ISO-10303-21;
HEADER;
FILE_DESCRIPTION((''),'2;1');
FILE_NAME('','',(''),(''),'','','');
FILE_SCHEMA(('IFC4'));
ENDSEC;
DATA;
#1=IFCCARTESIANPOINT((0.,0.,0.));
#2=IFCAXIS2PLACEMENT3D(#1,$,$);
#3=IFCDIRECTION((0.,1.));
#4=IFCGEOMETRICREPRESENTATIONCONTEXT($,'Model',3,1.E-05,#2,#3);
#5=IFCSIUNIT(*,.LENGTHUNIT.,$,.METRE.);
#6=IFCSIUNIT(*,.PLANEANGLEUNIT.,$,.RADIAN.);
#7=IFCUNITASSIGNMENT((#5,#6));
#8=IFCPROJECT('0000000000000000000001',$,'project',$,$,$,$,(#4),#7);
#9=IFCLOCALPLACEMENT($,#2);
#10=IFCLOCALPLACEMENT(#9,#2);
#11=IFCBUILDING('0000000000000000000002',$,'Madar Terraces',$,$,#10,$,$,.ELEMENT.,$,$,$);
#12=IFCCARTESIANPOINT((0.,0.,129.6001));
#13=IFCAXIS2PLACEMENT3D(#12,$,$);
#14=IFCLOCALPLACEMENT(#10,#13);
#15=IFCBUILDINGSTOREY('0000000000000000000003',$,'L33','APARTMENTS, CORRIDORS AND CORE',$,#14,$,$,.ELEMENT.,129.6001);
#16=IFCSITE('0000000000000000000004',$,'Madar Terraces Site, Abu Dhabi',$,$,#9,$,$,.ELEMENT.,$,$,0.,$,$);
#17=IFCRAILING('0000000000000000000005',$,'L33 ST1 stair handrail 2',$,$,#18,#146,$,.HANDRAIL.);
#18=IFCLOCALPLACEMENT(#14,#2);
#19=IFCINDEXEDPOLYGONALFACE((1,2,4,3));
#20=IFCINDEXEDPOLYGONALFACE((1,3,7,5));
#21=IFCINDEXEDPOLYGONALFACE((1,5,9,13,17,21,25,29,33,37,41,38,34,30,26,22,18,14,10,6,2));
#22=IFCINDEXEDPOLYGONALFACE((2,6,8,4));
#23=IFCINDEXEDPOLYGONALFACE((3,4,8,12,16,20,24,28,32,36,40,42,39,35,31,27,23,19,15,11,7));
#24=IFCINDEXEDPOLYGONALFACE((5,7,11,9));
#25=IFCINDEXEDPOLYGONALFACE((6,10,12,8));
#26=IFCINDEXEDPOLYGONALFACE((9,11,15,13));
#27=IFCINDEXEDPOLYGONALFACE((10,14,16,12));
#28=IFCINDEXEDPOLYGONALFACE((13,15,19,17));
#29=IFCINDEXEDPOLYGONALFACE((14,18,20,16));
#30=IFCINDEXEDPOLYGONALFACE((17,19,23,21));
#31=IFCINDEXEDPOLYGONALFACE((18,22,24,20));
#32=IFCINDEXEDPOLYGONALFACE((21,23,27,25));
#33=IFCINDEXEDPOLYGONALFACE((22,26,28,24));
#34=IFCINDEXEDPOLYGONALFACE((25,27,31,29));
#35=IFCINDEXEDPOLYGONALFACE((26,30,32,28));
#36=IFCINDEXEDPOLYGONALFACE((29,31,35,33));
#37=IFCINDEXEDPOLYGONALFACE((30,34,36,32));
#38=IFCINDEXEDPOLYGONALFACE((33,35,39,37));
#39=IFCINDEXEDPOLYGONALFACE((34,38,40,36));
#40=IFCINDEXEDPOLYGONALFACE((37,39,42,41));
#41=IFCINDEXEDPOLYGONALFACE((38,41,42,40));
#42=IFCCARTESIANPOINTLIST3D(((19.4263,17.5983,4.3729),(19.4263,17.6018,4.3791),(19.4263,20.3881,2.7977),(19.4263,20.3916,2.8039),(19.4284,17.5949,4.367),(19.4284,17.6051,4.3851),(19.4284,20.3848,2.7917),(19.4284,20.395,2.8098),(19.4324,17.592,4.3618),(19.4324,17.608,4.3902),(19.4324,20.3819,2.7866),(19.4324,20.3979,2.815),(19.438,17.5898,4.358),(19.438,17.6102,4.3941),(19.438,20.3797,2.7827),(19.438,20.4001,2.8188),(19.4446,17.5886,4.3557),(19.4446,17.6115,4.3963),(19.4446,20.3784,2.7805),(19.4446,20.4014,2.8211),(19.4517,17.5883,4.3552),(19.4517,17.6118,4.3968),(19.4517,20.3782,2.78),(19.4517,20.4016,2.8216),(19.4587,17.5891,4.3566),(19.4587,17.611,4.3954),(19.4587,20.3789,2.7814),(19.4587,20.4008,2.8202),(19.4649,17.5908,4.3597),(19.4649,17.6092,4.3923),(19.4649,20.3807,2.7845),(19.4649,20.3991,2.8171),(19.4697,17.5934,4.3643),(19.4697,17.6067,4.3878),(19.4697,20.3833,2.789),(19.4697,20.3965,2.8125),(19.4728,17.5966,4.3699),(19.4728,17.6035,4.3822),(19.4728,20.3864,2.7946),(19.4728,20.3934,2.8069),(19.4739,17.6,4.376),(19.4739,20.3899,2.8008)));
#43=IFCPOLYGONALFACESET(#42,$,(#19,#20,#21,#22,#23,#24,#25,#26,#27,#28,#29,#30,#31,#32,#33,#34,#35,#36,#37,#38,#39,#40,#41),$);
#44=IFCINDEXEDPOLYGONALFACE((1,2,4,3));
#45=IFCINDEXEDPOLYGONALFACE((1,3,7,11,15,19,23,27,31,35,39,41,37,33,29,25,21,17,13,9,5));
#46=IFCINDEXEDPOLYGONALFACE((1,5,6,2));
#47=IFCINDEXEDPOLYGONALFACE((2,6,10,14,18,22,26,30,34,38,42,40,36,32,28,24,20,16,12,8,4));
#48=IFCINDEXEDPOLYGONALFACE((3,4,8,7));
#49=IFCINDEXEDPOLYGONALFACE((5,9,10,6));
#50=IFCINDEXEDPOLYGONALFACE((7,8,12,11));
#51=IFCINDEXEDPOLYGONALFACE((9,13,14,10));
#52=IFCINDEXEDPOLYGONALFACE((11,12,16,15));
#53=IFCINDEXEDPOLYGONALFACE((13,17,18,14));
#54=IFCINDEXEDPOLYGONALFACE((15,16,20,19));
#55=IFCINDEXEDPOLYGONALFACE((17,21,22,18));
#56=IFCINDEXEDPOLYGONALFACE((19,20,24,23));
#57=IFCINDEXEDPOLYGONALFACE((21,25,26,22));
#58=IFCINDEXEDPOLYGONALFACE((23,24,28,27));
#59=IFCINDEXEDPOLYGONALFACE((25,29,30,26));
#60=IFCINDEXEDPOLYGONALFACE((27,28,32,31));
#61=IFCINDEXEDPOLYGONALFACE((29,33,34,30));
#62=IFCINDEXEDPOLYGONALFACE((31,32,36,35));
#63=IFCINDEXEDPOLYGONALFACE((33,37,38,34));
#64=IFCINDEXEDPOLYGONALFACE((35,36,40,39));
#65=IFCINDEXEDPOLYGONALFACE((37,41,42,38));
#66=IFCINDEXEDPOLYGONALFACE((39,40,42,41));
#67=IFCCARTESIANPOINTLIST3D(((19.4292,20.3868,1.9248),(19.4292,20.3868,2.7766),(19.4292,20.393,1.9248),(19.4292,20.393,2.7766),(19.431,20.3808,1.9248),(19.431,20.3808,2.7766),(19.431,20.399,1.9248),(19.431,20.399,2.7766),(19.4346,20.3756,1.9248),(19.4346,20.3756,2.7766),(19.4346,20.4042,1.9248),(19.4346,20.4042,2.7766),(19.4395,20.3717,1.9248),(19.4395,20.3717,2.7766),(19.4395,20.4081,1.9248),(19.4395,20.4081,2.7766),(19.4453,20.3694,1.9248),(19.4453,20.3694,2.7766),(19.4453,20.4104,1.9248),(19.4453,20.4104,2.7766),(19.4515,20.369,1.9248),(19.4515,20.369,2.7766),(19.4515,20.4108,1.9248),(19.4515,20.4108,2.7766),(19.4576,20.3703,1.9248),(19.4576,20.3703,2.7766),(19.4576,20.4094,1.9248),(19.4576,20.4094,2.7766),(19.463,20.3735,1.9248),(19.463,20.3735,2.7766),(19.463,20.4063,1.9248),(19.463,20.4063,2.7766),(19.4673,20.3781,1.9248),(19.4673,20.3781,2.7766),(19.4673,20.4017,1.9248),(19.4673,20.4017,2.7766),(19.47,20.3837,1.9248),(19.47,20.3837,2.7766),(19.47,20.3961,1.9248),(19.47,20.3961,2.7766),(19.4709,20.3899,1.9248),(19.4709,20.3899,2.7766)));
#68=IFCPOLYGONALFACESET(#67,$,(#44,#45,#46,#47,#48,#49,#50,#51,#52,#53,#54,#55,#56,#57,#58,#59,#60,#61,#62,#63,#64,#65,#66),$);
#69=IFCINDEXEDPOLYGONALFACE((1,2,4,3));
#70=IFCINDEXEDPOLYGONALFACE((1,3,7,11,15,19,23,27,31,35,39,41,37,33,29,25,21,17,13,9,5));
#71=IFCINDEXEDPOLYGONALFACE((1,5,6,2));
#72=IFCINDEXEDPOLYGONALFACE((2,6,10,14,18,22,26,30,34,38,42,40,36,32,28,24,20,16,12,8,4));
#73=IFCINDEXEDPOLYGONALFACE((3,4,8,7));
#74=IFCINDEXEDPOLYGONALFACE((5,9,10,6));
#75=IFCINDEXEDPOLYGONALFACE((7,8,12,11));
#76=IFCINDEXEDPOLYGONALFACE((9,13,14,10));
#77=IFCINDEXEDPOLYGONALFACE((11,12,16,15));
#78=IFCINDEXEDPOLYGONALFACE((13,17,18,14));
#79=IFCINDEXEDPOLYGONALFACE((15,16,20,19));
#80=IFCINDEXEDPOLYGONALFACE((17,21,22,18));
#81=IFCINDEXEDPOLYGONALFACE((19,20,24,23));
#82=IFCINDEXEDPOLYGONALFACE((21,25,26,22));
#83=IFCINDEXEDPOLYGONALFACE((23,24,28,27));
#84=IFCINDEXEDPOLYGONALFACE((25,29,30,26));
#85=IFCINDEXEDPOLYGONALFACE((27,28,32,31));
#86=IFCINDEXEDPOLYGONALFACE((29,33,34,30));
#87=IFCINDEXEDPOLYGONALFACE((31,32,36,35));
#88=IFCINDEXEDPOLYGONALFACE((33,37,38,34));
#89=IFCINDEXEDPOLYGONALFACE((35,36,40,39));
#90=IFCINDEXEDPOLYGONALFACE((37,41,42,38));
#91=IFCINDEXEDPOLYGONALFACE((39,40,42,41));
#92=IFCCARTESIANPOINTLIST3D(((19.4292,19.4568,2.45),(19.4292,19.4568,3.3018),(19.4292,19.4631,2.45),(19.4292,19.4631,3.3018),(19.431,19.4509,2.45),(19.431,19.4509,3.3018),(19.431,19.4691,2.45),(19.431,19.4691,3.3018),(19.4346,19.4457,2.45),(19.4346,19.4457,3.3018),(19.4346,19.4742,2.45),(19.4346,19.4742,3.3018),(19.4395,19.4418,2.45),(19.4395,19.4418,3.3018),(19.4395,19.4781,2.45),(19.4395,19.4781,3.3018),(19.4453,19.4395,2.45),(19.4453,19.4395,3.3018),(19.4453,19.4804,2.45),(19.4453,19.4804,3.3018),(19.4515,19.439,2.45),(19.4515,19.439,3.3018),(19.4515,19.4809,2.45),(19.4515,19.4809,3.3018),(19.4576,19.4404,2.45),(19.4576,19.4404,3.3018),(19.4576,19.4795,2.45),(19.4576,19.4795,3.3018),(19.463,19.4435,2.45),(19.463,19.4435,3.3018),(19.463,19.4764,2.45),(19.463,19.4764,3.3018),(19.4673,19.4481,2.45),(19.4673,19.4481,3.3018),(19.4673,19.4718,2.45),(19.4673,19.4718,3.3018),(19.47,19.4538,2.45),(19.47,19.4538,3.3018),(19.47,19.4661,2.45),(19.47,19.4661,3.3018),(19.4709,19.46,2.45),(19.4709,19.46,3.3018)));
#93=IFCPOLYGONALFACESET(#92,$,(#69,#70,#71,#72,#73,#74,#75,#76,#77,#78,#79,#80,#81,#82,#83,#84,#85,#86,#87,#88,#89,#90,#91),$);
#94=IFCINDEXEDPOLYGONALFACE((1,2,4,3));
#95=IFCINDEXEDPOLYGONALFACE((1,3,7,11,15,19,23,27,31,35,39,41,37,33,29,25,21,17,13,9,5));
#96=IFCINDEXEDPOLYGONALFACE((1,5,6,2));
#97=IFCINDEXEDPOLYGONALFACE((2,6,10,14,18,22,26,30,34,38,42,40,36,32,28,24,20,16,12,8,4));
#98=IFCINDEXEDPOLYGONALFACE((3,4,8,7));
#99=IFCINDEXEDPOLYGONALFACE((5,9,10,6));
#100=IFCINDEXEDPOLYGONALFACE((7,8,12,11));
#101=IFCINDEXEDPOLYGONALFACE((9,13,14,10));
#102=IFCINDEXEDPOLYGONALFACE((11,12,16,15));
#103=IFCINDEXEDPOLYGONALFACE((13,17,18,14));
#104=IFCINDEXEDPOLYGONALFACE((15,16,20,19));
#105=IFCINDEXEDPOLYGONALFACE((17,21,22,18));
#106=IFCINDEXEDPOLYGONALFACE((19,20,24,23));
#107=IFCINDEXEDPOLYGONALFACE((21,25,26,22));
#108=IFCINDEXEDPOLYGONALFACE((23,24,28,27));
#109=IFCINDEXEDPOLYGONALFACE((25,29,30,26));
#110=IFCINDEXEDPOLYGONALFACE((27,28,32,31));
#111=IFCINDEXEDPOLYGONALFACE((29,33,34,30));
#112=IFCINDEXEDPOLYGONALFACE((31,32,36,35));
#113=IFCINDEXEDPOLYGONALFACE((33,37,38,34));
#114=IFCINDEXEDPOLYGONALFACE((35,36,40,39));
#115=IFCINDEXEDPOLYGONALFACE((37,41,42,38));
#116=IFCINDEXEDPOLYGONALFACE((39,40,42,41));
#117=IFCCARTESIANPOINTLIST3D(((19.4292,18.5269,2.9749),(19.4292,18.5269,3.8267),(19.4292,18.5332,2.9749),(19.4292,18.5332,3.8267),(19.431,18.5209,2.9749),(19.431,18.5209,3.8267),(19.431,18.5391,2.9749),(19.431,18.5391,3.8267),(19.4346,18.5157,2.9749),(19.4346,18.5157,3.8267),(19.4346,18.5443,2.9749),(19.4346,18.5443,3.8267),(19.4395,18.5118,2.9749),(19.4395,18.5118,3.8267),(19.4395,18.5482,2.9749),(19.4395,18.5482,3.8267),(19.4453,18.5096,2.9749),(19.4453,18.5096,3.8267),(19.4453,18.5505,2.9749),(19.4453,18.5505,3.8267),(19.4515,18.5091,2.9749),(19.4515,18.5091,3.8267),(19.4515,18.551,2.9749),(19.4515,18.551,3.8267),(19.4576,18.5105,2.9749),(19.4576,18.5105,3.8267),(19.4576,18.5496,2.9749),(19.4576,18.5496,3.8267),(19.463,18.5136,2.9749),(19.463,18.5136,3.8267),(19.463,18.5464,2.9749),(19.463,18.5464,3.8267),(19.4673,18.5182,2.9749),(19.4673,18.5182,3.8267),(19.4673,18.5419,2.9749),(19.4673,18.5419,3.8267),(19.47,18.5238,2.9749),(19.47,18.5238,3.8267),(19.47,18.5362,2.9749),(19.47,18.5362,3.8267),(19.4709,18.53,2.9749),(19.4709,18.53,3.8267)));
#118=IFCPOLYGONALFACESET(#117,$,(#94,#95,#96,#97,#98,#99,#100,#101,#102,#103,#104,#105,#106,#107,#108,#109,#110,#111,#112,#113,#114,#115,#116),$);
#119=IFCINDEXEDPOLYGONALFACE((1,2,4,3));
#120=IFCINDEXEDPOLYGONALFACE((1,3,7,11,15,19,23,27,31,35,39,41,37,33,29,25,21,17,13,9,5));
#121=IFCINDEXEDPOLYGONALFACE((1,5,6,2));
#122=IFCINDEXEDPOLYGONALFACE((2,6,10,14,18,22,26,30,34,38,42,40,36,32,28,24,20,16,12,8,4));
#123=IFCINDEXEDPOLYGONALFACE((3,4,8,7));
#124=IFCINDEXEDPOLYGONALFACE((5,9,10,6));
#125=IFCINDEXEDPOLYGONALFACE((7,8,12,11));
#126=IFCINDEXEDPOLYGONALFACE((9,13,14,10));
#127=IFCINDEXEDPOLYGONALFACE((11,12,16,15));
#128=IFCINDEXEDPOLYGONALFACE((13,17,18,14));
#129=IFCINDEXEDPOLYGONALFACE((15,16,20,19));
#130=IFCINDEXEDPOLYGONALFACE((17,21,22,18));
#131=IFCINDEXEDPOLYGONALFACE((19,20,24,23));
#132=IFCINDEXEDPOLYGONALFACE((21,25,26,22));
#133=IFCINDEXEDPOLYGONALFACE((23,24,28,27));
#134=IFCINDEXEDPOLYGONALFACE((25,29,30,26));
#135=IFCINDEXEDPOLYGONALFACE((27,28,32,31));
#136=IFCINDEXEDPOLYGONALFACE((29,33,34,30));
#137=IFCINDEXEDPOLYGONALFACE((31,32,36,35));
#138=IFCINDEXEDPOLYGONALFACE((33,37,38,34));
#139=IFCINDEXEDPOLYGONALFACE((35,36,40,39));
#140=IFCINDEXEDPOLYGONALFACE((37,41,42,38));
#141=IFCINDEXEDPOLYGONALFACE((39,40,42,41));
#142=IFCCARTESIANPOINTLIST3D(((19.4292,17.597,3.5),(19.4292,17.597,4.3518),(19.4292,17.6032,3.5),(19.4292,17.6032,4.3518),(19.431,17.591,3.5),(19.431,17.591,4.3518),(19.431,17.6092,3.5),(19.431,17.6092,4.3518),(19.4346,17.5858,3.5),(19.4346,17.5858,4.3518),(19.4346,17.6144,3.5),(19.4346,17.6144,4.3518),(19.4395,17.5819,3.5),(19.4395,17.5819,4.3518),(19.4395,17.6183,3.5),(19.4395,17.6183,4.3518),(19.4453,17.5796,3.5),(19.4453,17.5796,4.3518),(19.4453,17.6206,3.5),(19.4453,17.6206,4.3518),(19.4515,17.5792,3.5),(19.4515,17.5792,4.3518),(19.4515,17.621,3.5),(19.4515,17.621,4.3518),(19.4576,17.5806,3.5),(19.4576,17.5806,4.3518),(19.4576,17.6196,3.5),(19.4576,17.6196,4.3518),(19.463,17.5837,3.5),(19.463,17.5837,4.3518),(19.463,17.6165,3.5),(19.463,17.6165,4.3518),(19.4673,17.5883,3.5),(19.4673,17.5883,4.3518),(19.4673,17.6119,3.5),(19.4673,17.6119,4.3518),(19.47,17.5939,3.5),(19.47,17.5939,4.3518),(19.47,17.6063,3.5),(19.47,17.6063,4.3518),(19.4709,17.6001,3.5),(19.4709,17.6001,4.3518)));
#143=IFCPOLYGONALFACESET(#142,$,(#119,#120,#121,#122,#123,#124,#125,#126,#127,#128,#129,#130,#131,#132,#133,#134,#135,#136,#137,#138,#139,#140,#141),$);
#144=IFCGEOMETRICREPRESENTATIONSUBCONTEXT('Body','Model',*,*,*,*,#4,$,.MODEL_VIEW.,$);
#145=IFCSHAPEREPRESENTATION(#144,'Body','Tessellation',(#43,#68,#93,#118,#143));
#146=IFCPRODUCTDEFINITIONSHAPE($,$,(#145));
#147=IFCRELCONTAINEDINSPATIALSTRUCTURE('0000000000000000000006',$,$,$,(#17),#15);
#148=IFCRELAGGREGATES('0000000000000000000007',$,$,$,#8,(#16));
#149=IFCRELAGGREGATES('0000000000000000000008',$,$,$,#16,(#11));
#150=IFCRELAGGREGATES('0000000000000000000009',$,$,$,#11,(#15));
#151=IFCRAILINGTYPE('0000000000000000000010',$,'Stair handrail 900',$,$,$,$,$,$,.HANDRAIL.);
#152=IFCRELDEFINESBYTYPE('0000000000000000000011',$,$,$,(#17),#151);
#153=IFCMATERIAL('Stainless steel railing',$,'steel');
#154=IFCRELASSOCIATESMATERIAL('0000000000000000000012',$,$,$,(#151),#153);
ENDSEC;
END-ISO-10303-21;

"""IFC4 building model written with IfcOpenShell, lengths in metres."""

from ifc_helpers import new_model, si_unit, direction, frame, origin, origin_2d, place, context, subcontext, project, spatial, circle, extrude, material, type_object, element, save


model = new_model("IFC4")

# Units and contexts
model_context = context("Model", 3, precision=1e-05, world=origin(), true_north=direction((0.0, 1.0)))
body_context = subcontext(model_context, "Body", "Model", "MODEL_VIEW")
ifc_project = project(units=[si_unit("LENGTHUNIT", "METRE"), si_unit("PLANEANGLEUNIT", "RADIAN")], contexts=[model_context])

# Site, building, storey
site_placement = place(None, origin())
site = spatial("IfcSite", under=ifc_project, at=site_placement, Name="Madar Terraces Site, Abu Dhabi", CompositionType="ELEMENT", RefElevation=0.0)
building_placement = place(site_placement, origin())
building = spatial("IfcBuilding", under=site, at=building_placement, Name="Madar Terraces", CompositionType="ELEMENT")
storey_placement = place(building_placement, frame((0.0, 0.0, 129.6001)))
storey = spatial("IfcBuildingStorey", under=building, at=storey_placement, Name="L33", Description="APARTMENTS, CORRIDORS AND CORE", CompositionType="ELEMENT", Elevation=129.6001)

# Railing
ifc_material_1 = material(Name="Stainless steel railing", Category="steel")
railing_type_1 = type_object("IfcRailingType", Name="Stair handrail 900", PredefinedType="HANDRAIL", material=ifc_material_1)
railing_1_placement = place(storey_placement, frame((19.45, 20.3899, 1.9248)))
element("IfcRailing", 1, at=railing_1_placement, inside=storey, type_object=railing_type_1, Name="L33 ST1 stair handrail 2", PredefinedType="HANDRAIL", context=body_context, shape_type="SweptSolid", body=[
    extrude(circle(Radius=0.0239, at=origin_2d()), frame((0.0, 0.0, 0.876), z_axis=(0.0, -0.870783, 0.491668), x_axis=(1.0, 0.0, 0.0)), (0.0, 0.0, 1.0), 3.2039),
    extrude(circle(Radius=0.021, at=origin_2d()), origin(), (0.0, 0.0, 1.0), 0.8518),
    extrude(circle(Radius=0.021, at=origin_2d()), frame((0.0, -0.9299, 0.5251)), (0.0, 0.0, 1.0), 0.8518),
    extrude(circle(Radius=0.021, at=origin_2d()), frame((0.0, -1.8599, 1.05)), (0.0, 0.0, 1.0), 0.8518),
    extrude(circle(Radius=0.021, at=origin_2d()), frame((0.0, -2.7898, 1.5752)), (0.0, 0.0, 1.0), 0.8518),
])

save(model, "model.ifc")
